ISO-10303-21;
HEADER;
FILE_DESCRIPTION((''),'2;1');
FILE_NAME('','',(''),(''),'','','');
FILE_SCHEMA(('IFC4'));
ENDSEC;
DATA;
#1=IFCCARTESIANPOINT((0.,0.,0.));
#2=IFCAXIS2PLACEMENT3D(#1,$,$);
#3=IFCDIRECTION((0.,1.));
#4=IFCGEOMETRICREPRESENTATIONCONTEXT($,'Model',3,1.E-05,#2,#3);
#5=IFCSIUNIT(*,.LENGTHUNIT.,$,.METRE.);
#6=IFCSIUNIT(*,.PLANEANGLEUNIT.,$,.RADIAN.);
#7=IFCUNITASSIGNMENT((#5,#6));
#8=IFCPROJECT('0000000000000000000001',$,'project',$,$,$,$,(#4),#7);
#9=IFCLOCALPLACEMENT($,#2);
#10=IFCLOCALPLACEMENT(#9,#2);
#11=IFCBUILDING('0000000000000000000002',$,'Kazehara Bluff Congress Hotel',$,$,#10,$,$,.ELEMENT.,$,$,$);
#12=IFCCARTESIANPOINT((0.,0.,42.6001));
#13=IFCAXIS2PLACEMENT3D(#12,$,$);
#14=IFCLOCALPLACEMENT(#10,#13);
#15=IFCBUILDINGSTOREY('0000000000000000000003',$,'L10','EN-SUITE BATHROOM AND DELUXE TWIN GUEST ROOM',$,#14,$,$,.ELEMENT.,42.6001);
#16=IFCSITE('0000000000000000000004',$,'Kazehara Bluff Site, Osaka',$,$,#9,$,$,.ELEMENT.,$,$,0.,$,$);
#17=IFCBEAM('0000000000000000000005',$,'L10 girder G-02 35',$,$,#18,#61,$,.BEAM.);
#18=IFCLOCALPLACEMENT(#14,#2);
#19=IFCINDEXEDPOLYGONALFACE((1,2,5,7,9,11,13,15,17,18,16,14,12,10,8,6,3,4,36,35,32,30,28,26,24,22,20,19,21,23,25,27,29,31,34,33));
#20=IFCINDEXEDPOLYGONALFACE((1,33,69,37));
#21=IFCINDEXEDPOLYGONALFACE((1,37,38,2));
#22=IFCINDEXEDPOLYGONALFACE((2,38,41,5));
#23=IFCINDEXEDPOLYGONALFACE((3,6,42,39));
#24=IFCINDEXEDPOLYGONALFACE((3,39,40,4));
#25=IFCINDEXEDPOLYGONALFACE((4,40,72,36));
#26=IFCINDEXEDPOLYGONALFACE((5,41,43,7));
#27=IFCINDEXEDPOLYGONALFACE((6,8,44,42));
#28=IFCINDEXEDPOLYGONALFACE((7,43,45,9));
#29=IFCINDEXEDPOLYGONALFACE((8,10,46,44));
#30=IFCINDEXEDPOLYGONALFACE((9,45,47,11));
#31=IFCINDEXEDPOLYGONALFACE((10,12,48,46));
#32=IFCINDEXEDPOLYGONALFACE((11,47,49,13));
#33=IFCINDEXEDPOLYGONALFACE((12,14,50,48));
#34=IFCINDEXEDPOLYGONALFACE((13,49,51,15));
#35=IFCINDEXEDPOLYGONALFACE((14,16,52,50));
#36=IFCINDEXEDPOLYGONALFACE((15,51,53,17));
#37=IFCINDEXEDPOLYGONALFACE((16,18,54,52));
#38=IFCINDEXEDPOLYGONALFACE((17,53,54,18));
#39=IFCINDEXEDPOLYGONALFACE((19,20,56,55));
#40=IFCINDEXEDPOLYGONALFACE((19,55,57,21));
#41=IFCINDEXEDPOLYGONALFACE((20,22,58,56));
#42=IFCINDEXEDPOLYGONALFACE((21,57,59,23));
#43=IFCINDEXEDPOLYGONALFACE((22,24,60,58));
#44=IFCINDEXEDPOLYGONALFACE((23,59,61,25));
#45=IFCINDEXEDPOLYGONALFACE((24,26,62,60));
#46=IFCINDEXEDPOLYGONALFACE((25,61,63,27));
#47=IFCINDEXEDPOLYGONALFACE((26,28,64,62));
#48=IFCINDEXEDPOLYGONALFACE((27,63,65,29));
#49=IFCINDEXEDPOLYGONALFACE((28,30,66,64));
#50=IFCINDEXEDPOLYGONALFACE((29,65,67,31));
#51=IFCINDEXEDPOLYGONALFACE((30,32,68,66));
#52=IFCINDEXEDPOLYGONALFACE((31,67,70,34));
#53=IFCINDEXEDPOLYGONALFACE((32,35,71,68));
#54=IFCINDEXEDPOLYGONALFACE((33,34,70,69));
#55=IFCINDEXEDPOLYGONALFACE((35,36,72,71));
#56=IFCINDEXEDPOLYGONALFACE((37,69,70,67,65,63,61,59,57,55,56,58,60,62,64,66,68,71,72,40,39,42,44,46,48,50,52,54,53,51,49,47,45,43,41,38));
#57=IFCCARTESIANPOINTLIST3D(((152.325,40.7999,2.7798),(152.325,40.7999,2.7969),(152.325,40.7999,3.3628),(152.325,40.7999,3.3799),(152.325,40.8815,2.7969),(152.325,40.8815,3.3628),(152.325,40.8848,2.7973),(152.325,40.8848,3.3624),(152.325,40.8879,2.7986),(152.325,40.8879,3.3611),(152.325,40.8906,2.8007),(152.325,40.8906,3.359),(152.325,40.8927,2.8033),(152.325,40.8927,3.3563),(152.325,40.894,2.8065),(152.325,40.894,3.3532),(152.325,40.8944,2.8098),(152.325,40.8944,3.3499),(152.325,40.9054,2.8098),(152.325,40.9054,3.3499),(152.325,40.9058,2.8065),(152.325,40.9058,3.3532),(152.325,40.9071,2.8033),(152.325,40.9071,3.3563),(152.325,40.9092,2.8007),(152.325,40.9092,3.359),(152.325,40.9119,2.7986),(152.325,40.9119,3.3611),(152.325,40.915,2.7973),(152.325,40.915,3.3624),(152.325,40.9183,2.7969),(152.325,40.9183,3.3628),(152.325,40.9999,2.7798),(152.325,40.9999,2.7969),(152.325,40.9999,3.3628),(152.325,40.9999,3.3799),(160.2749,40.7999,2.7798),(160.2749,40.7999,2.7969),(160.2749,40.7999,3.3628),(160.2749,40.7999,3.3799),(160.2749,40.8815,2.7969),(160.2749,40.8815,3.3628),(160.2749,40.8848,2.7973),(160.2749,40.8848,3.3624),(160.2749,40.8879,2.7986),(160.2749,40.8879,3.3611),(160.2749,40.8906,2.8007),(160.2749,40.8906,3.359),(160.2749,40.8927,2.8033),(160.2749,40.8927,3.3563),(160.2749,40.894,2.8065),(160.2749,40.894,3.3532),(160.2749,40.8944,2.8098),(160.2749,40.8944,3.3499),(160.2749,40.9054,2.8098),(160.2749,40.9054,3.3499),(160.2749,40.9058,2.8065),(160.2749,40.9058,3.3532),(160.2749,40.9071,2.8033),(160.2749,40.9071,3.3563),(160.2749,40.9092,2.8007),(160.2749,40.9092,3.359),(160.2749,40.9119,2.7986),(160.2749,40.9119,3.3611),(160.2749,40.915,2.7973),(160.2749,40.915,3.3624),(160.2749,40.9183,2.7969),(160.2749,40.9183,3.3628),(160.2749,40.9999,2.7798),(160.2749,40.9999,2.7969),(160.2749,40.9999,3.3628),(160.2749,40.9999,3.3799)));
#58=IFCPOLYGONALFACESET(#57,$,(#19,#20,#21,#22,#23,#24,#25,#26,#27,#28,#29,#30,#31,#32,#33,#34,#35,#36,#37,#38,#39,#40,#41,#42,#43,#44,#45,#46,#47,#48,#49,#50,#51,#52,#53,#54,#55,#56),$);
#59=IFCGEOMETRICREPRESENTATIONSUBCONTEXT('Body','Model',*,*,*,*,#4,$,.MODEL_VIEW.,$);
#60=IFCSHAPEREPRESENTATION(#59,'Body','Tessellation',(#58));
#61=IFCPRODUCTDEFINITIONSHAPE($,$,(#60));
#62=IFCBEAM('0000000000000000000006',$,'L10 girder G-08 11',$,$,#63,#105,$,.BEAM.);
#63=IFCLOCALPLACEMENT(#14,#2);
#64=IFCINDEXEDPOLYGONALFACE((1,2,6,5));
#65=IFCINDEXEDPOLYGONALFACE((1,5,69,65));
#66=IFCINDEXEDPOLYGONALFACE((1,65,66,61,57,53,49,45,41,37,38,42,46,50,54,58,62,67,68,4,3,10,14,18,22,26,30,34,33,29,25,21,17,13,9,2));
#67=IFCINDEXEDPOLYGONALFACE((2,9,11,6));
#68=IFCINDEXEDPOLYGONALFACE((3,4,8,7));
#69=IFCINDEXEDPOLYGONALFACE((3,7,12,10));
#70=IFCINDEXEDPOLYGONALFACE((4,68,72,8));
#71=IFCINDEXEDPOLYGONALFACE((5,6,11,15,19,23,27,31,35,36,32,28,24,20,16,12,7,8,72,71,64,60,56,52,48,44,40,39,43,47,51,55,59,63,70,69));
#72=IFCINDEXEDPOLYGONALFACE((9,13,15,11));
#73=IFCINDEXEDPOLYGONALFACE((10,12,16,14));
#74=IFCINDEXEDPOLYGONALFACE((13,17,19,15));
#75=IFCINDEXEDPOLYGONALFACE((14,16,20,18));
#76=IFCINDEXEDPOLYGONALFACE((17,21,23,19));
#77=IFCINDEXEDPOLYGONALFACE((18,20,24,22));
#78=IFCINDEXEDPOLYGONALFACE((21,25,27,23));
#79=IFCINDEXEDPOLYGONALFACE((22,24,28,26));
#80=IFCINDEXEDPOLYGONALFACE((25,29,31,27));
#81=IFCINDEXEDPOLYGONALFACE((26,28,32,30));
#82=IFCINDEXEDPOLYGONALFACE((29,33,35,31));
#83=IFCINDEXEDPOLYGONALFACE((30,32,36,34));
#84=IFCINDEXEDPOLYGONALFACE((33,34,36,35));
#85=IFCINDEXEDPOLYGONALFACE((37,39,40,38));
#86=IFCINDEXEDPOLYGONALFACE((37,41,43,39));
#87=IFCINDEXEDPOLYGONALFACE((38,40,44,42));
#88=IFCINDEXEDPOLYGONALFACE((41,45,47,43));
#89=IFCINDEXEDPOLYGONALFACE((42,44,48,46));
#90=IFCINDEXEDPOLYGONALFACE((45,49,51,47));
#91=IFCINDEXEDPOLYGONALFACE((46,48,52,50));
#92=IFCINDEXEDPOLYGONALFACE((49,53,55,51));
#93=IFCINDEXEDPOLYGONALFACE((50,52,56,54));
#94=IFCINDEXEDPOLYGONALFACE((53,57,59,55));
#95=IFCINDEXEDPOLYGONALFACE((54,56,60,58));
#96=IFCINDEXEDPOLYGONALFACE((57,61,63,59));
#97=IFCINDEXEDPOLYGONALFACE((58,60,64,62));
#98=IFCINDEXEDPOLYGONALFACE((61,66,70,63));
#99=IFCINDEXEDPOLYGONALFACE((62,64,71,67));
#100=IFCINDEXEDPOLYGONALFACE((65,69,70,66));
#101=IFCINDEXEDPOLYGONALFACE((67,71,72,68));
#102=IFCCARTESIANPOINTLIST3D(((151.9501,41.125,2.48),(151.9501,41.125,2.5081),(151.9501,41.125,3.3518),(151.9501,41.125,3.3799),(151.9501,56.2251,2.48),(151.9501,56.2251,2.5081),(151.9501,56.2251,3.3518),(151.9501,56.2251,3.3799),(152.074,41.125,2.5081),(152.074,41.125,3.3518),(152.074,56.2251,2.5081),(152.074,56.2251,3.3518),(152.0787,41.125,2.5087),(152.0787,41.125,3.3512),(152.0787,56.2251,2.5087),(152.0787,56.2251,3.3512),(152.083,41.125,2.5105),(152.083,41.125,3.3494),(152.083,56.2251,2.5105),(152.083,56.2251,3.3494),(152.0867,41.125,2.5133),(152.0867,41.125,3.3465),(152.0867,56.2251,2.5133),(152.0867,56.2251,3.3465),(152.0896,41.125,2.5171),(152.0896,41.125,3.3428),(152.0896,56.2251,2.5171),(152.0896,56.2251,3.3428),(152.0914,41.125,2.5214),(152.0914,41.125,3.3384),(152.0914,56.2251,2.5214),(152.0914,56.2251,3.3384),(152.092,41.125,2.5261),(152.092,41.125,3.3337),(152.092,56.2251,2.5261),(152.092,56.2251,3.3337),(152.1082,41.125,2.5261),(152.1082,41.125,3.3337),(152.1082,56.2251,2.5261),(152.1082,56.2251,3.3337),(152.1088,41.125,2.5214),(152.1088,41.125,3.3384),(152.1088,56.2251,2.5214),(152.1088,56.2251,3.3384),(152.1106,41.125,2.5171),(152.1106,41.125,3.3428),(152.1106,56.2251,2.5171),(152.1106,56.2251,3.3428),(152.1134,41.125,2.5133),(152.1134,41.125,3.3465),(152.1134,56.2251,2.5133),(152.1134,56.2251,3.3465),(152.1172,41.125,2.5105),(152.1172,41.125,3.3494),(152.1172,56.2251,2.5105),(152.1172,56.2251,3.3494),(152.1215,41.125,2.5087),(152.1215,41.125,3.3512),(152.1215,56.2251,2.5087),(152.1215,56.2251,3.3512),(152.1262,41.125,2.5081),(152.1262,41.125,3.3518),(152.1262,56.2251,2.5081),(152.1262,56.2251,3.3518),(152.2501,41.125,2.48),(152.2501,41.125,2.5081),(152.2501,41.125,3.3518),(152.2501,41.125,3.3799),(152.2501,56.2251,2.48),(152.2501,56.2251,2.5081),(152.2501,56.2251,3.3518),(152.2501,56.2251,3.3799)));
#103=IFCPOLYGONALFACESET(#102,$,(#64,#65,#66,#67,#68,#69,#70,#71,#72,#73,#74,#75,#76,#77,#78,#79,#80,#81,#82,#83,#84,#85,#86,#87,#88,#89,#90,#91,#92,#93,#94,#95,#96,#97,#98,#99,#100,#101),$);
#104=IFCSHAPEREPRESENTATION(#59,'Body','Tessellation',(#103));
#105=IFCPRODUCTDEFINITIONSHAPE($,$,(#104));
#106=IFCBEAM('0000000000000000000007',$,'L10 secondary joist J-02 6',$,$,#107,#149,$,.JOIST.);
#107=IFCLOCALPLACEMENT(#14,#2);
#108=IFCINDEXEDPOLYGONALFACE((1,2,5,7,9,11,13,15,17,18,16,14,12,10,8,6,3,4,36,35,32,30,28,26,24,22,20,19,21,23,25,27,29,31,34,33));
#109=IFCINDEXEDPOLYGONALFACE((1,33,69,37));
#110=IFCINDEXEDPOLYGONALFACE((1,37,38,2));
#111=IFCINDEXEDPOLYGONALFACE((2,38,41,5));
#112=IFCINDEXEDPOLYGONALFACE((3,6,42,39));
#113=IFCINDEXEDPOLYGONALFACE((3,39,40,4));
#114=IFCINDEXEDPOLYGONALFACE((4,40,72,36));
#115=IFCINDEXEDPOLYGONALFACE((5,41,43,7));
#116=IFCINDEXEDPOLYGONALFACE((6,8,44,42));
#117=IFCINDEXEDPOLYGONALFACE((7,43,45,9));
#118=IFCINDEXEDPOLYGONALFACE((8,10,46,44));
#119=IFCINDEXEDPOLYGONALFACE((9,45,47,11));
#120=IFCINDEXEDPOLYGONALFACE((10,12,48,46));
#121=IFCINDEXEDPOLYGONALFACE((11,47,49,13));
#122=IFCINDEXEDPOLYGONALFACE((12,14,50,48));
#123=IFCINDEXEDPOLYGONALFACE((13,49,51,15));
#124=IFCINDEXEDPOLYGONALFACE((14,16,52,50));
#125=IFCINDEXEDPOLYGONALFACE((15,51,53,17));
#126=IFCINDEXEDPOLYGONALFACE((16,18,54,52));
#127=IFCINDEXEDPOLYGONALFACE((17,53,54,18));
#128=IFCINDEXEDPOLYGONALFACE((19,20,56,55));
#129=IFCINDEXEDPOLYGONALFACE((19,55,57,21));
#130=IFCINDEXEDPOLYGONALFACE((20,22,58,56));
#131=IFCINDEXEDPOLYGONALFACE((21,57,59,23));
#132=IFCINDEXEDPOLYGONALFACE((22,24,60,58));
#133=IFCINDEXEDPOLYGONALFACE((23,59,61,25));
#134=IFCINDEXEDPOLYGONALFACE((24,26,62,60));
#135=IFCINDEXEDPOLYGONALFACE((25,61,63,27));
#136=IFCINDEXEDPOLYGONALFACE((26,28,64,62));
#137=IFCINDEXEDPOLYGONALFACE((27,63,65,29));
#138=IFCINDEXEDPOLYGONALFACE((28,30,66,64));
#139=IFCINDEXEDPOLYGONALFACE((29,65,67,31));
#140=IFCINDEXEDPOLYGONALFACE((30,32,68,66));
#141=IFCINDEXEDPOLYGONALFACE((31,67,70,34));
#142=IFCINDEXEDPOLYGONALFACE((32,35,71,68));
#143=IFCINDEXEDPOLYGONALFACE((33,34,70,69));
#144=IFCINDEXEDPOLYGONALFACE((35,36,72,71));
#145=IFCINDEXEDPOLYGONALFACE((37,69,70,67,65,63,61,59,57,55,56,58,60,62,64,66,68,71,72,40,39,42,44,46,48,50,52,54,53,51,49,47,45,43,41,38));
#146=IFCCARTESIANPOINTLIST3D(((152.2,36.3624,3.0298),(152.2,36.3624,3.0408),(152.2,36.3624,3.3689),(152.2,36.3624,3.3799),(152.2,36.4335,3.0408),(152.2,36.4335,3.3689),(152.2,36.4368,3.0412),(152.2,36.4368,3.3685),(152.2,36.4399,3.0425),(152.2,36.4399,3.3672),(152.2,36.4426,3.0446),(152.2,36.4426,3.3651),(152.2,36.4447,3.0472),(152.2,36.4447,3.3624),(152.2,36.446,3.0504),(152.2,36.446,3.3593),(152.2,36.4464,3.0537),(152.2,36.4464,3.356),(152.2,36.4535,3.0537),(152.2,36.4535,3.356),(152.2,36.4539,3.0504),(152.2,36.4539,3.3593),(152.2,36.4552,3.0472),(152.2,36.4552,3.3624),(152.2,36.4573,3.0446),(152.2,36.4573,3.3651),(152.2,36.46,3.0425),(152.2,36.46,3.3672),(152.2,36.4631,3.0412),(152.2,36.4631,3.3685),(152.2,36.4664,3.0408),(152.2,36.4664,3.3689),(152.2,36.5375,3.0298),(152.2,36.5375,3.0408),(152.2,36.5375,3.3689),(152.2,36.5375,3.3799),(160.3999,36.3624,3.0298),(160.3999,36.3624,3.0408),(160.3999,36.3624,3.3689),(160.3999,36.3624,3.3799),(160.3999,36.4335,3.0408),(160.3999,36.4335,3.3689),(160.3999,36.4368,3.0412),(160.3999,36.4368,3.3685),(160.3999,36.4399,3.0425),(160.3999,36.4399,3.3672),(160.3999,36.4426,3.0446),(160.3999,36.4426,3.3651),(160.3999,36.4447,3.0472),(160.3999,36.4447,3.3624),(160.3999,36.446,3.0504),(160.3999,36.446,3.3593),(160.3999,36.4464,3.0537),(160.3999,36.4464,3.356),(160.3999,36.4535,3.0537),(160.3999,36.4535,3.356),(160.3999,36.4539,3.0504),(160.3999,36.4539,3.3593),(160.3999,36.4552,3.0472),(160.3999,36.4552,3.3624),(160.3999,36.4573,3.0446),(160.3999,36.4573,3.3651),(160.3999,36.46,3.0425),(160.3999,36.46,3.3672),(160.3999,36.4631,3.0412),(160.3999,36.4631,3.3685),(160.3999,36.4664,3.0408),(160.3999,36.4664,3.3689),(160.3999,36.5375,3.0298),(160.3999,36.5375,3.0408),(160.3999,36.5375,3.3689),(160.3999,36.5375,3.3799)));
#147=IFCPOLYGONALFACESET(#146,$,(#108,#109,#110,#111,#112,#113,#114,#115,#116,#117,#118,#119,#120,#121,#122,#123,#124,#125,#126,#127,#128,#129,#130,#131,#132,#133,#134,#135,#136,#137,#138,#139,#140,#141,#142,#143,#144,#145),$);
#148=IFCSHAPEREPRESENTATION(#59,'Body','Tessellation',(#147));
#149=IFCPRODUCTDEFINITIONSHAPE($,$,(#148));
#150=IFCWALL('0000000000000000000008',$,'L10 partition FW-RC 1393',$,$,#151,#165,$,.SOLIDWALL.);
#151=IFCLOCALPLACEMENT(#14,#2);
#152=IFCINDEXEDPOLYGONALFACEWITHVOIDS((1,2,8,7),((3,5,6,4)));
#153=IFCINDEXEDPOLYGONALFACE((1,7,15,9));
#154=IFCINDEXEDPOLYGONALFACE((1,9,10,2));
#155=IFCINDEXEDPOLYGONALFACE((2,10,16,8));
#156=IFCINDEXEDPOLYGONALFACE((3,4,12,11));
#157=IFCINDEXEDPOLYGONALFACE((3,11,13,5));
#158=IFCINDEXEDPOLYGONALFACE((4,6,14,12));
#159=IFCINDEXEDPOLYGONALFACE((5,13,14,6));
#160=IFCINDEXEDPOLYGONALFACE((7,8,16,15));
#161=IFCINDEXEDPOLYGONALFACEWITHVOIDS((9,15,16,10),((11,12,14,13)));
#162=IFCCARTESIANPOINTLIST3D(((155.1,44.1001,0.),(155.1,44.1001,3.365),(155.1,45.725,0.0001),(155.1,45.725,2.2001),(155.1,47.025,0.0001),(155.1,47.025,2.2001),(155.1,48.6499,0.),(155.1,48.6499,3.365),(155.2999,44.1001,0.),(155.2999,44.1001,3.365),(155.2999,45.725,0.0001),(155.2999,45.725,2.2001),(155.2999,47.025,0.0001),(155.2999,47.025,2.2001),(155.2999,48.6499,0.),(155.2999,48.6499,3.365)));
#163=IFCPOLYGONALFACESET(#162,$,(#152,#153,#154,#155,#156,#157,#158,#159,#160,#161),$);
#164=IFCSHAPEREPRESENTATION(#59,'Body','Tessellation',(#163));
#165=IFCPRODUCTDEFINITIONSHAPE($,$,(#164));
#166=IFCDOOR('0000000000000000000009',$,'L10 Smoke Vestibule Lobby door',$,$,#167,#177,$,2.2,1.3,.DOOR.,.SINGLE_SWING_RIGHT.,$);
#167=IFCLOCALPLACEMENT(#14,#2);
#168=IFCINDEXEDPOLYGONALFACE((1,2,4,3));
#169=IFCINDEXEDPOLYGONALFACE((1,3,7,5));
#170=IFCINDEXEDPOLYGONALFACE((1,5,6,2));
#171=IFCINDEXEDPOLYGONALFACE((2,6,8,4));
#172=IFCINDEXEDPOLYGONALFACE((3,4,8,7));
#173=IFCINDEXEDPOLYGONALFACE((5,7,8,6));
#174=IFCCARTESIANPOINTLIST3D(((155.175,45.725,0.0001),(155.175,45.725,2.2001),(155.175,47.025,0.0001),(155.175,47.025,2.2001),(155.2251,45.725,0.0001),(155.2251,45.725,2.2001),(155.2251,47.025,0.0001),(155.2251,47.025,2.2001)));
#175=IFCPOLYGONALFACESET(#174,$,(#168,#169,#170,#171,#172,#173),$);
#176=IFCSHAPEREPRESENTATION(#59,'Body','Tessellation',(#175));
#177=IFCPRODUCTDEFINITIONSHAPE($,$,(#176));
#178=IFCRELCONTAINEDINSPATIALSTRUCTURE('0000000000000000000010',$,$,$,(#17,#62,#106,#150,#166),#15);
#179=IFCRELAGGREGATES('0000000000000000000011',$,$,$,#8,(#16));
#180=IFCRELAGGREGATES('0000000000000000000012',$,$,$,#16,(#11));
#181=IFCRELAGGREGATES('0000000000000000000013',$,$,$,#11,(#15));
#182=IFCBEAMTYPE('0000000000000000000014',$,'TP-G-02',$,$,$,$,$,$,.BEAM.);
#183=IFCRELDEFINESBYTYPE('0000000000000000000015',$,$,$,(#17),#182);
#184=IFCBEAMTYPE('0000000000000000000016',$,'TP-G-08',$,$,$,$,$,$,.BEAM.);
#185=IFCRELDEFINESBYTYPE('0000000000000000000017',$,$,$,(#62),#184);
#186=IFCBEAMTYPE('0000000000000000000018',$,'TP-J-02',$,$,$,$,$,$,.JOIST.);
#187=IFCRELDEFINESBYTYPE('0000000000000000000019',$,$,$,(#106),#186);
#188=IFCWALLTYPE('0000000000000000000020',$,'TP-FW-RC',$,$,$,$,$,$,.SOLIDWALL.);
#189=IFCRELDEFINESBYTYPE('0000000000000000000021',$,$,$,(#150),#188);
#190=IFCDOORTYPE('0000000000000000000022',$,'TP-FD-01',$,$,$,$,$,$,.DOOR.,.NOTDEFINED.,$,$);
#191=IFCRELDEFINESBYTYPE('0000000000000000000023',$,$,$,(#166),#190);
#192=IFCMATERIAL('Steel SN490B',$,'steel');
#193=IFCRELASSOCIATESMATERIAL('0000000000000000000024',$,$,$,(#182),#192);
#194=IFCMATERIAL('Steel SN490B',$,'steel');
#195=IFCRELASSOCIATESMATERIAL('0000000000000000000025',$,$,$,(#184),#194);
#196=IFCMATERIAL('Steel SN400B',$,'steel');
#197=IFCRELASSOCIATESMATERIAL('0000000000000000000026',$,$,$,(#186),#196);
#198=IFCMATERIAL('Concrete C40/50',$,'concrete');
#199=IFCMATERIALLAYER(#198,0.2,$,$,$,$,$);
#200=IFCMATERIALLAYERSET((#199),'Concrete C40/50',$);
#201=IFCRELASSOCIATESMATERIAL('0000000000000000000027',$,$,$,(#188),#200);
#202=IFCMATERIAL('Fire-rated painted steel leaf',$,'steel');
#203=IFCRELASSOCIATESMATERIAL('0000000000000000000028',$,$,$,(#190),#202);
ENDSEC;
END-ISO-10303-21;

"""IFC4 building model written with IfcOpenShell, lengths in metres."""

from ifc_helpers import new_model, si_unit, direction, frame, frame_2d, origin, origin_2d, place, context, subcontext, project, spatial, rectangle, i_section, extrude, material, layer, layer_set, material_profile, profile_set, type_object, element, fill, save


model = new_model("IFC4")

# Units and contexts
model_context = context("Model", 3, precision=1e-05, world=origin(), true_north=direction((0.0, 1.0)))
body_context = subcontext(model_context, "Body", "Model", "MODEL_VIEW")
ifc_project = project(units=[si_unit("LENGTHUNIT", "METRE"), si_unit("PLANEANGLEUNIT", "RADIAN")], contexts=[model_context])

# Site, building, storey
site_placement = place(None, origin())
site = spatial("IfcSite", under=ifc_project, at=site_placement, Name="Kazehara Bluff Site, Osaka", CompositionType="ELEMENT", RefElevation=0.0)
building_placement = place(site_placement, origin())
building = spatial("IfcBuilding", under=site, at=building_placement, Name="Kazehara Bluff Congress Hotel", CompositionType="ELEMENT")
storey_placement = place(building_placement, frame((0.0, 0.0, 42.6001)))
storey = spatial("IfcBuildingStorey", under=building, at=storey_placement, Name="L10", Description="EN-SUITE BATHROOM AND DELUXE TWIN GUEST ROOM", CompositionType="ELEMENT", Elevation=42.6001)

# Beams
ifc_material_1 = material(Name="Steel SN490B", Category="steel")
ifc_material_profile_1 = material_profile(ifc_material_1, i_section(OverallWidth=0.2, OverallDepth=0.6001, WebThickness=0.011, FlangeThickness=0.0171, FilletRadius=0.0129, at=origin_2d()))
ifc_profile_set_1 = profile_set([ifc_material_profile_1], Name="Steel SN490B")
beam_type_1 = type_object("IfcBeamType", Name="TP-G-02", PredefinedType="BEAM", material=ifc_profile_set_1)
beam_1_placement = place(storey_placement, frame((152.325, 40.8999, 3.0798), z_axis=(1.0, 0.0, 0.0), x_axis=(0.0, 1.0, 0.0)))
element("IfcBeam", 1, at=beam_1_placement, inside=storey, type_object=beam_type_1, Name="L10 girder G-02 35", PredefinedType="BEAM", context=body_context, shape_type="SweptSolid", body=[
    extrude(i_section(OverallWidth=0.2, OverallDepth=0.6001, WebThickness=0.011, FlangeThickness=0.0171, FilletRadius=0.0129, at=origin_2d()), origin(), (0.0, 0.0, 1.0), 7.95),
])
ifc_material_2 = material(Name="Steel SN490B", Category="steel")
ifc_material_profile_2 = material_profile(ifc_material_2, i_section(OverallWidth=0.3, OverallDepth=0.8999, WebThickness=0.0161, FlangeThickness=0.0281, FilletRadius=0.0181, at=origin_2d()))
ifc_profile_set_2 = profile_set([ifc_material_profile_2], Name="Steel SN490B")
beam_type_2 = type_object("IfcBeamType", Name="TP-G-08", PredefinedType="BEAM", material=ifc_profile_set_2)
beam_2_placement = place(storey_placement, frame((152.1001, 41.125, 2.9299), z_axis=(0.0, 1.0, 0.0), x_axis=(-1.0, 0.0, 0.0)))
element("IfcBeam", 2, at=beam_2_placement, inside=storey, type_object=beam_type_2, Name="L10 girder G-08 11", PredefinedType="BEAM", context=body_context, shape_type="SweptSolid", body=[
    extrude(i_section(OverallWidth=0.3, OverallDepth=0.8999, WebThickness=0.0161, FlangeThickness=0.0281, FilletRadius=0.0181, at=origin_2d()), origin(), (0.0, 0.0, 1.0), 15.1001),
])
ifc_material_3 = material(Name="Steel SN400B", Category="steel")
ifc_material_profile_3 = material_profile(ifc_material_3, i_section(OverallWidth=0.175, OverallDepth=0.3501, WebThickness=0.0071, FlangeThickness=0.011, FilletRadius=0.0129, at=origin_2d()))
ifc_profile_set_3 = profile_set([ifc_material_profile_3], Name="Steel SN400B")
beam_type_3 = type_object("IfcBeamType", Name="TP-J-02", PredefinedType="JOIST", material=ifc_profile_set_3)
beam_3_placement = place(storey_placement, frame((152.2, 36.45, 3.2048), z_axis=(1.0, 0.0, 0.0), x_axis=(0.0, 1.0, 0.0)))
element("IfcBeam", 3, at=beam_3_placement, inside=storey, type_object=beam_type_3, Name="L10 secondary joist J-02 6", PredefinedType="JOIST", context=body_context, shape_type="SweptSolid", body=[
    extrude(i_section(OverallWidth=0.175, OverallDepth=0.3501, WebThickness=0.0071, FlangeThickness=0.011, FilletRadius=0.0129, at=origin_2d()), origin(), (0.0, 0.0, 1.0), 8.2),
])

# Wall, opening, door
ifc_material_4 = material(Name="Concrete C40/50", Category="concrete")
ifc_layer_1 = layer(ifc_material_4, 0.2)
ifc_layer_set_1 = layer_set([ifc_layer_1], Name="Concrete C40/50")
wall_type_1 = type_object("IfcWallType", Name="TP-FW-RC", PredefinedType="SOLIDWALL", material=ifc_layer_set_1)
wall_1_placement = place(storey_placement, frame((155.2, 44.1001, 0.0), z_axis=(0.0, 0.0, 1.0), x_axis=(0.0, 1.0, 0.0)))
wall_1 = element("IfcWall", 4, at=wall_1_placement, inside=storey, type_object=wall_type_1, Name="L10 partition FW-RC 1393", PredefinedType="SOLIDWALL", context=body_context, shape_type="SweptSolid", body=[
    extrude(rectangle(XDim=4.5498, YDim=0.2, at=frame_2d((2.2749, 0.0))), origin(), (0.0, 0.0, 1.0), 3.365),
])
opening_1_placement = place(wall_1_placement, frame((1.625, 0.0, 0.0)))
opening_1 = element("IfcOpeningElement", 5, at=opening_1_placement, cuts=wall_1, PredefinedType="OPENING", context=body_context, shape_type="SweptSolid", body=[
    extrude(rectangle(XDim=1.3, YDim=2.2, at=frame_2d((0.6499, 1.1001))), frame((0.0, 0.1099, 0.0), z_axis=(0.0, -1.0, 0.0), x_axis=(1.0, 0.0, 0.0)), (0.0, 0.0, 1.0), 0.22),
])
ifc_material_5 = material(Name="Fire-rated painted steel leaf", Category="steel")
door_type_1 = type_object("IfcDoorType", Name="TP-FD-01", OperationType="NOTDEFINED", PredefinedType="DOOR", material=ifc_material_5)
door_1_placement = place(opening_1_placement, origin())
door_1 = element("IfcDoor", 6, at=door_1_placement, inside=storey, type_object=door_type_1, Name="L10 Smoke Vestibule Lobby door", OperationType="SINGLE_SWING_RIGHT", OverallHeight=2.2, OverallWidth=1.3, PredefinedType="DOOR", context=body_context, shape_type="SweptSolid", body=[
    extrude(rectangle(XDim=1.3, YDim=2.2, at=frame_2d((0.6499, 1.1001))), frame((0.0, 0.0249, 0.0), z_axis=(0.0, -1.0, 0.0), x_axis=(1.0, 0.0, 0.0)), (0.0, 0.0, 1.0), 0.05),
])
fill(opening_1, door_1)

save(model, "model.ifc")
